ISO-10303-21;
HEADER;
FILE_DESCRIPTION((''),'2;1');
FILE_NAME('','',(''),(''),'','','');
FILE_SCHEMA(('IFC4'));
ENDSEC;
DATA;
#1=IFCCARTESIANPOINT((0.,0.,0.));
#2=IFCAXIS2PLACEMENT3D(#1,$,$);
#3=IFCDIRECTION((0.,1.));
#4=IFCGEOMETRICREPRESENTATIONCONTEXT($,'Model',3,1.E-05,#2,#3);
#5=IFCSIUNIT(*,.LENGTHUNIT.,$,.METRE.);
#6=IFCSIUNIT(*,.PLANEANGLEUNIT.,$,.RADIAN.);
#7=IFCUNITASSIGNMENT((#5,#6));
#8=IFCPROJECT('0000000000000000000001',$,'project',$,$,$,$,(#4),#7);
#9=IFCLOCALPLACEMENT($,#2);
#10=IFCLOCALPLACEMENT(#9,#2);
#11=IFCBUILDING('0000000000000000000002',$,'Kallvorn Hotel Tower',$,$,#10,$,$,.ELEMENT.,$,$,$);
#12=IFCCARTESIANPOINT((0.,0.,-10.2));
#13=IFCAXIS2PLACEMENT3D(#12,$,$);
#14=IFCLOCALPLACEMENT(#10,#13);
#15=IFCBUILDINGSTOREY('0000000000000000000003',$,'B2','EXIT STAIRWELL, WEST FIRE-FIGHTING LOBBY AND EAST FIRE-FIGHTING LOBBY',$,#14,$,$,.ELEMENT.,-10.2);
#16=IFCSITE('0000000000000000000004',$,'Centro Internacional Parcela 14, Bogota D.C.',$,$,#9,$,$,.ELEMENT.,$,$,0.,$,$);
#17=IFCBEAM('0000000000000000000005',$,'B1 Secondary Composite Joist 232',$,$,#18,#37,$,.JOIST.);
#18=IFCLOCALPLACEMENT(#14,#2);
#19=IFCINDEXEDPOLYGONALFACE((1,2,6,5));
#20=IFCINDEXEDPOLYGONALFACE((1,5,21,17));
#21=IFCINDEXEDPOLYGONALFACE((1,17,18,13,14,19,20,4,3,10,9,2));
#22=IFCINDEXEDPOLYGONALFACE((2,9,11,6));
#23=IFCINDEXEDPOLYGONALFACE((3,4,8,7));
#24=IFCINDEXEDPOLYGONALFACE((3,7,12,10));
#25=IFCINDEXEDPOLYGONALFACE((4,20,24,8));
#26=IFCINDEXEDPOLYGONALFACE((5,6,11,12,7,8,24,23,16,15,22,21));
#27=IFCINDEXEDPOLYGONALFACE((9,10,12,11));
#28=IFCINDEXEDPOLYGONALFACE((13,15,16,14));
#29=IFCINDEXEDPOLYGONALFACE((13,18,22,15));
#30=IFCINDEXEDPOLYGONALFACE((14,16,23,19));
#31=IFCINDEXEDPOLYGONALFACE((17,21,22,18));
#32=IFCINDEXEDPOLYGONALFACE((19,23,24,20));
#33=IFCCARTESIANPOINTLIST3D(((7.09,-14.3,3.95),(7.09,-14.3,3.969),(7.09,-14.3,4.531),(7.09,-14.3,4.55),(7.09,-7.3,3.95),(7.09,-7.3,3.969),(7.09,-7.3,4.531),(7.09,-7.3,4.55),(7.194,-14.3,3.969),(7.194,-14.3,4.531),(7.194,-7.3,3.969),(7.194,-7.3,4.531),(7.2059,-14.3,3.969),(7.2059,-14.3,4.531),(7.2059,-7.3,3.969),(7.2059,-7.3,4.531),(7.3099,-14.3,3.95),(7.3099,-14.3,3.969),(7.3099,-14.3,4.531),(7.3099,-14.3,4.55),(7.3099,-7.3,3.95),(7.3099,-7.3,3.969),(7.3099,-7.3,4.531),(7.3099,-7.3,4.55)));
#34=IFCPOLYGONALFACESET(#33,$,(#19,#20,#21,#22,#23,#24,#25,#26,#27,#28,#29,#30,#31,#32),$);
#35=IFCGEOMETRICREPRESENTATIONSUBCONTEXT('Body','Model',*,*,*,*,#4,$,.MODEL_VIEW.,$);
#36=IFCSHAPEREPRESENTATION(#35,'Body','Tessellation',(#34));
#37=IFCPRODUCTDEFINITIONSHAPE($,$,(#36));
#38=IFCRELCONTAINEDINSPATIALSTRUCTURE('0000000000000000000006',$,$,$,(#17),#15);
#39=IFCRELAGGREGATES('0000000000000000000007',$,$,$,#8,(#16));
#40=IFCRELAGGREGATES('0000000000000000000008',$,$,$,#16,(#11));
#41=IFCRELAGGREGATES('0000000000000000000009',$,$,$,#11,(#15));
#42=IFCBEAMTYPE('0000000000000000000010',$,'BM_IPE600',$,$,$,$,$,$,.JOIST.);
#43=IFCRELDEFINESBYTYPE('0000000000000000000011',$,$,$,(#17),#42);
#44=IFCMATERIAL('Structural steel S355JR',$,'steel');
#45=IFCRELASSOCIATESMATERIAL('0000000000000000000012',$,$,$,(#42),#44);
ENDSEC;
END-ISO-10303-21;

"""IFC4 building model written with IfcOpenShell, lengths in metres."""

from ifc_helpers import new_model, si_unit, direction, frame, origin, origin_2d, place, context, subcontext, project, spatial, i_section, extrude, material, material_profile, profile_set, type_object, element, save


model = new_model("IFC4")

# Units and contexts
model_context = context("Model", 3, precision=1e-05, world=origin(), true_north=direction((0.0, 1.0)))
body_context = subcontext(model_context, "Body", "Model", "MODEL_VIEW")
ifc_project = project(units=[si_unit("LENGTHUNIT", "METRE"), si_unit("PLANEANGLEUNIT", "RADIAN")], contexts=[model_context])

# Site, building, storey
site_placement = place(None, origin())
site = spatial("IfcSite", under=ifc_project, at=site_placement, Name="Centro Internacional Parcela 14, Bogota D.C.", CompositionType="ELEMENT", RefElevation=0.0)
building_placement = place(site_placement, origin())
building = spatial("IfcBuilding", under=site, at=building_placement, Name="Kallvorn Hotel Tower", CompositionType="ELEMENT")
storey_placement = place(building_placement, frame((0.0, 0.0, -10.2)))
storey = spatial("IfcBuildingStorey", under=building, at=storey_placement, Name="B2", Description="EXIT STAIRWELL, WEST FIRE-FIGHTING LOBBY AND EAST FIRE-FIGHTING LOBBY", CompositionType="ELEMENT", Elevation=-10.2)

# Beam
ifc_material_1 = material(Name="Structural steel S355JR", Category="steel")
ifc_material_profile_1 = material_profile(ifc_material_1, i_section(OverallWidth=0.22, OverallDepth=0.6001, WebThickness=0.012, FlangeThickness=0.019, at=origin_2d()), Name="IPE 600")
ifc_profile_set_1 = profile_set([ifc_material_profile_1], Name="Structural steel S355JR")
beam_type_1 = type_object("IfcBeamType", Name="BM_IPE600", PredefinedType="JOIST", material=ifc_profile_set_1)
for number, where, z_axis, x_axis, name in (
    (1, (7.2, -14.3, 4.25), (0.0, 1.0, 0.0), (-1.0, 0.0, 0.0), "B1 Secondary Composite Joist 232"),
):
    element("IfcBeam", number, at=place(storey_placement, frame(where, z_axis=z_axis, x_axis=x_axis)), inside=storey, type_object=beam_type_1, Name=name, PredefinedType="JOIST", context=body_context, shape_type="SweptSolid", body=[
        extrude(i_section(OverallWidth=0.22, OverallDepth=0.6001, WebThickness=0.012, FlangeThickness=0.019, at=origin_2d()), origin(), (0.0, 0.0, 1.0), 7.0),
    ])

save(model, "model.ifc")
